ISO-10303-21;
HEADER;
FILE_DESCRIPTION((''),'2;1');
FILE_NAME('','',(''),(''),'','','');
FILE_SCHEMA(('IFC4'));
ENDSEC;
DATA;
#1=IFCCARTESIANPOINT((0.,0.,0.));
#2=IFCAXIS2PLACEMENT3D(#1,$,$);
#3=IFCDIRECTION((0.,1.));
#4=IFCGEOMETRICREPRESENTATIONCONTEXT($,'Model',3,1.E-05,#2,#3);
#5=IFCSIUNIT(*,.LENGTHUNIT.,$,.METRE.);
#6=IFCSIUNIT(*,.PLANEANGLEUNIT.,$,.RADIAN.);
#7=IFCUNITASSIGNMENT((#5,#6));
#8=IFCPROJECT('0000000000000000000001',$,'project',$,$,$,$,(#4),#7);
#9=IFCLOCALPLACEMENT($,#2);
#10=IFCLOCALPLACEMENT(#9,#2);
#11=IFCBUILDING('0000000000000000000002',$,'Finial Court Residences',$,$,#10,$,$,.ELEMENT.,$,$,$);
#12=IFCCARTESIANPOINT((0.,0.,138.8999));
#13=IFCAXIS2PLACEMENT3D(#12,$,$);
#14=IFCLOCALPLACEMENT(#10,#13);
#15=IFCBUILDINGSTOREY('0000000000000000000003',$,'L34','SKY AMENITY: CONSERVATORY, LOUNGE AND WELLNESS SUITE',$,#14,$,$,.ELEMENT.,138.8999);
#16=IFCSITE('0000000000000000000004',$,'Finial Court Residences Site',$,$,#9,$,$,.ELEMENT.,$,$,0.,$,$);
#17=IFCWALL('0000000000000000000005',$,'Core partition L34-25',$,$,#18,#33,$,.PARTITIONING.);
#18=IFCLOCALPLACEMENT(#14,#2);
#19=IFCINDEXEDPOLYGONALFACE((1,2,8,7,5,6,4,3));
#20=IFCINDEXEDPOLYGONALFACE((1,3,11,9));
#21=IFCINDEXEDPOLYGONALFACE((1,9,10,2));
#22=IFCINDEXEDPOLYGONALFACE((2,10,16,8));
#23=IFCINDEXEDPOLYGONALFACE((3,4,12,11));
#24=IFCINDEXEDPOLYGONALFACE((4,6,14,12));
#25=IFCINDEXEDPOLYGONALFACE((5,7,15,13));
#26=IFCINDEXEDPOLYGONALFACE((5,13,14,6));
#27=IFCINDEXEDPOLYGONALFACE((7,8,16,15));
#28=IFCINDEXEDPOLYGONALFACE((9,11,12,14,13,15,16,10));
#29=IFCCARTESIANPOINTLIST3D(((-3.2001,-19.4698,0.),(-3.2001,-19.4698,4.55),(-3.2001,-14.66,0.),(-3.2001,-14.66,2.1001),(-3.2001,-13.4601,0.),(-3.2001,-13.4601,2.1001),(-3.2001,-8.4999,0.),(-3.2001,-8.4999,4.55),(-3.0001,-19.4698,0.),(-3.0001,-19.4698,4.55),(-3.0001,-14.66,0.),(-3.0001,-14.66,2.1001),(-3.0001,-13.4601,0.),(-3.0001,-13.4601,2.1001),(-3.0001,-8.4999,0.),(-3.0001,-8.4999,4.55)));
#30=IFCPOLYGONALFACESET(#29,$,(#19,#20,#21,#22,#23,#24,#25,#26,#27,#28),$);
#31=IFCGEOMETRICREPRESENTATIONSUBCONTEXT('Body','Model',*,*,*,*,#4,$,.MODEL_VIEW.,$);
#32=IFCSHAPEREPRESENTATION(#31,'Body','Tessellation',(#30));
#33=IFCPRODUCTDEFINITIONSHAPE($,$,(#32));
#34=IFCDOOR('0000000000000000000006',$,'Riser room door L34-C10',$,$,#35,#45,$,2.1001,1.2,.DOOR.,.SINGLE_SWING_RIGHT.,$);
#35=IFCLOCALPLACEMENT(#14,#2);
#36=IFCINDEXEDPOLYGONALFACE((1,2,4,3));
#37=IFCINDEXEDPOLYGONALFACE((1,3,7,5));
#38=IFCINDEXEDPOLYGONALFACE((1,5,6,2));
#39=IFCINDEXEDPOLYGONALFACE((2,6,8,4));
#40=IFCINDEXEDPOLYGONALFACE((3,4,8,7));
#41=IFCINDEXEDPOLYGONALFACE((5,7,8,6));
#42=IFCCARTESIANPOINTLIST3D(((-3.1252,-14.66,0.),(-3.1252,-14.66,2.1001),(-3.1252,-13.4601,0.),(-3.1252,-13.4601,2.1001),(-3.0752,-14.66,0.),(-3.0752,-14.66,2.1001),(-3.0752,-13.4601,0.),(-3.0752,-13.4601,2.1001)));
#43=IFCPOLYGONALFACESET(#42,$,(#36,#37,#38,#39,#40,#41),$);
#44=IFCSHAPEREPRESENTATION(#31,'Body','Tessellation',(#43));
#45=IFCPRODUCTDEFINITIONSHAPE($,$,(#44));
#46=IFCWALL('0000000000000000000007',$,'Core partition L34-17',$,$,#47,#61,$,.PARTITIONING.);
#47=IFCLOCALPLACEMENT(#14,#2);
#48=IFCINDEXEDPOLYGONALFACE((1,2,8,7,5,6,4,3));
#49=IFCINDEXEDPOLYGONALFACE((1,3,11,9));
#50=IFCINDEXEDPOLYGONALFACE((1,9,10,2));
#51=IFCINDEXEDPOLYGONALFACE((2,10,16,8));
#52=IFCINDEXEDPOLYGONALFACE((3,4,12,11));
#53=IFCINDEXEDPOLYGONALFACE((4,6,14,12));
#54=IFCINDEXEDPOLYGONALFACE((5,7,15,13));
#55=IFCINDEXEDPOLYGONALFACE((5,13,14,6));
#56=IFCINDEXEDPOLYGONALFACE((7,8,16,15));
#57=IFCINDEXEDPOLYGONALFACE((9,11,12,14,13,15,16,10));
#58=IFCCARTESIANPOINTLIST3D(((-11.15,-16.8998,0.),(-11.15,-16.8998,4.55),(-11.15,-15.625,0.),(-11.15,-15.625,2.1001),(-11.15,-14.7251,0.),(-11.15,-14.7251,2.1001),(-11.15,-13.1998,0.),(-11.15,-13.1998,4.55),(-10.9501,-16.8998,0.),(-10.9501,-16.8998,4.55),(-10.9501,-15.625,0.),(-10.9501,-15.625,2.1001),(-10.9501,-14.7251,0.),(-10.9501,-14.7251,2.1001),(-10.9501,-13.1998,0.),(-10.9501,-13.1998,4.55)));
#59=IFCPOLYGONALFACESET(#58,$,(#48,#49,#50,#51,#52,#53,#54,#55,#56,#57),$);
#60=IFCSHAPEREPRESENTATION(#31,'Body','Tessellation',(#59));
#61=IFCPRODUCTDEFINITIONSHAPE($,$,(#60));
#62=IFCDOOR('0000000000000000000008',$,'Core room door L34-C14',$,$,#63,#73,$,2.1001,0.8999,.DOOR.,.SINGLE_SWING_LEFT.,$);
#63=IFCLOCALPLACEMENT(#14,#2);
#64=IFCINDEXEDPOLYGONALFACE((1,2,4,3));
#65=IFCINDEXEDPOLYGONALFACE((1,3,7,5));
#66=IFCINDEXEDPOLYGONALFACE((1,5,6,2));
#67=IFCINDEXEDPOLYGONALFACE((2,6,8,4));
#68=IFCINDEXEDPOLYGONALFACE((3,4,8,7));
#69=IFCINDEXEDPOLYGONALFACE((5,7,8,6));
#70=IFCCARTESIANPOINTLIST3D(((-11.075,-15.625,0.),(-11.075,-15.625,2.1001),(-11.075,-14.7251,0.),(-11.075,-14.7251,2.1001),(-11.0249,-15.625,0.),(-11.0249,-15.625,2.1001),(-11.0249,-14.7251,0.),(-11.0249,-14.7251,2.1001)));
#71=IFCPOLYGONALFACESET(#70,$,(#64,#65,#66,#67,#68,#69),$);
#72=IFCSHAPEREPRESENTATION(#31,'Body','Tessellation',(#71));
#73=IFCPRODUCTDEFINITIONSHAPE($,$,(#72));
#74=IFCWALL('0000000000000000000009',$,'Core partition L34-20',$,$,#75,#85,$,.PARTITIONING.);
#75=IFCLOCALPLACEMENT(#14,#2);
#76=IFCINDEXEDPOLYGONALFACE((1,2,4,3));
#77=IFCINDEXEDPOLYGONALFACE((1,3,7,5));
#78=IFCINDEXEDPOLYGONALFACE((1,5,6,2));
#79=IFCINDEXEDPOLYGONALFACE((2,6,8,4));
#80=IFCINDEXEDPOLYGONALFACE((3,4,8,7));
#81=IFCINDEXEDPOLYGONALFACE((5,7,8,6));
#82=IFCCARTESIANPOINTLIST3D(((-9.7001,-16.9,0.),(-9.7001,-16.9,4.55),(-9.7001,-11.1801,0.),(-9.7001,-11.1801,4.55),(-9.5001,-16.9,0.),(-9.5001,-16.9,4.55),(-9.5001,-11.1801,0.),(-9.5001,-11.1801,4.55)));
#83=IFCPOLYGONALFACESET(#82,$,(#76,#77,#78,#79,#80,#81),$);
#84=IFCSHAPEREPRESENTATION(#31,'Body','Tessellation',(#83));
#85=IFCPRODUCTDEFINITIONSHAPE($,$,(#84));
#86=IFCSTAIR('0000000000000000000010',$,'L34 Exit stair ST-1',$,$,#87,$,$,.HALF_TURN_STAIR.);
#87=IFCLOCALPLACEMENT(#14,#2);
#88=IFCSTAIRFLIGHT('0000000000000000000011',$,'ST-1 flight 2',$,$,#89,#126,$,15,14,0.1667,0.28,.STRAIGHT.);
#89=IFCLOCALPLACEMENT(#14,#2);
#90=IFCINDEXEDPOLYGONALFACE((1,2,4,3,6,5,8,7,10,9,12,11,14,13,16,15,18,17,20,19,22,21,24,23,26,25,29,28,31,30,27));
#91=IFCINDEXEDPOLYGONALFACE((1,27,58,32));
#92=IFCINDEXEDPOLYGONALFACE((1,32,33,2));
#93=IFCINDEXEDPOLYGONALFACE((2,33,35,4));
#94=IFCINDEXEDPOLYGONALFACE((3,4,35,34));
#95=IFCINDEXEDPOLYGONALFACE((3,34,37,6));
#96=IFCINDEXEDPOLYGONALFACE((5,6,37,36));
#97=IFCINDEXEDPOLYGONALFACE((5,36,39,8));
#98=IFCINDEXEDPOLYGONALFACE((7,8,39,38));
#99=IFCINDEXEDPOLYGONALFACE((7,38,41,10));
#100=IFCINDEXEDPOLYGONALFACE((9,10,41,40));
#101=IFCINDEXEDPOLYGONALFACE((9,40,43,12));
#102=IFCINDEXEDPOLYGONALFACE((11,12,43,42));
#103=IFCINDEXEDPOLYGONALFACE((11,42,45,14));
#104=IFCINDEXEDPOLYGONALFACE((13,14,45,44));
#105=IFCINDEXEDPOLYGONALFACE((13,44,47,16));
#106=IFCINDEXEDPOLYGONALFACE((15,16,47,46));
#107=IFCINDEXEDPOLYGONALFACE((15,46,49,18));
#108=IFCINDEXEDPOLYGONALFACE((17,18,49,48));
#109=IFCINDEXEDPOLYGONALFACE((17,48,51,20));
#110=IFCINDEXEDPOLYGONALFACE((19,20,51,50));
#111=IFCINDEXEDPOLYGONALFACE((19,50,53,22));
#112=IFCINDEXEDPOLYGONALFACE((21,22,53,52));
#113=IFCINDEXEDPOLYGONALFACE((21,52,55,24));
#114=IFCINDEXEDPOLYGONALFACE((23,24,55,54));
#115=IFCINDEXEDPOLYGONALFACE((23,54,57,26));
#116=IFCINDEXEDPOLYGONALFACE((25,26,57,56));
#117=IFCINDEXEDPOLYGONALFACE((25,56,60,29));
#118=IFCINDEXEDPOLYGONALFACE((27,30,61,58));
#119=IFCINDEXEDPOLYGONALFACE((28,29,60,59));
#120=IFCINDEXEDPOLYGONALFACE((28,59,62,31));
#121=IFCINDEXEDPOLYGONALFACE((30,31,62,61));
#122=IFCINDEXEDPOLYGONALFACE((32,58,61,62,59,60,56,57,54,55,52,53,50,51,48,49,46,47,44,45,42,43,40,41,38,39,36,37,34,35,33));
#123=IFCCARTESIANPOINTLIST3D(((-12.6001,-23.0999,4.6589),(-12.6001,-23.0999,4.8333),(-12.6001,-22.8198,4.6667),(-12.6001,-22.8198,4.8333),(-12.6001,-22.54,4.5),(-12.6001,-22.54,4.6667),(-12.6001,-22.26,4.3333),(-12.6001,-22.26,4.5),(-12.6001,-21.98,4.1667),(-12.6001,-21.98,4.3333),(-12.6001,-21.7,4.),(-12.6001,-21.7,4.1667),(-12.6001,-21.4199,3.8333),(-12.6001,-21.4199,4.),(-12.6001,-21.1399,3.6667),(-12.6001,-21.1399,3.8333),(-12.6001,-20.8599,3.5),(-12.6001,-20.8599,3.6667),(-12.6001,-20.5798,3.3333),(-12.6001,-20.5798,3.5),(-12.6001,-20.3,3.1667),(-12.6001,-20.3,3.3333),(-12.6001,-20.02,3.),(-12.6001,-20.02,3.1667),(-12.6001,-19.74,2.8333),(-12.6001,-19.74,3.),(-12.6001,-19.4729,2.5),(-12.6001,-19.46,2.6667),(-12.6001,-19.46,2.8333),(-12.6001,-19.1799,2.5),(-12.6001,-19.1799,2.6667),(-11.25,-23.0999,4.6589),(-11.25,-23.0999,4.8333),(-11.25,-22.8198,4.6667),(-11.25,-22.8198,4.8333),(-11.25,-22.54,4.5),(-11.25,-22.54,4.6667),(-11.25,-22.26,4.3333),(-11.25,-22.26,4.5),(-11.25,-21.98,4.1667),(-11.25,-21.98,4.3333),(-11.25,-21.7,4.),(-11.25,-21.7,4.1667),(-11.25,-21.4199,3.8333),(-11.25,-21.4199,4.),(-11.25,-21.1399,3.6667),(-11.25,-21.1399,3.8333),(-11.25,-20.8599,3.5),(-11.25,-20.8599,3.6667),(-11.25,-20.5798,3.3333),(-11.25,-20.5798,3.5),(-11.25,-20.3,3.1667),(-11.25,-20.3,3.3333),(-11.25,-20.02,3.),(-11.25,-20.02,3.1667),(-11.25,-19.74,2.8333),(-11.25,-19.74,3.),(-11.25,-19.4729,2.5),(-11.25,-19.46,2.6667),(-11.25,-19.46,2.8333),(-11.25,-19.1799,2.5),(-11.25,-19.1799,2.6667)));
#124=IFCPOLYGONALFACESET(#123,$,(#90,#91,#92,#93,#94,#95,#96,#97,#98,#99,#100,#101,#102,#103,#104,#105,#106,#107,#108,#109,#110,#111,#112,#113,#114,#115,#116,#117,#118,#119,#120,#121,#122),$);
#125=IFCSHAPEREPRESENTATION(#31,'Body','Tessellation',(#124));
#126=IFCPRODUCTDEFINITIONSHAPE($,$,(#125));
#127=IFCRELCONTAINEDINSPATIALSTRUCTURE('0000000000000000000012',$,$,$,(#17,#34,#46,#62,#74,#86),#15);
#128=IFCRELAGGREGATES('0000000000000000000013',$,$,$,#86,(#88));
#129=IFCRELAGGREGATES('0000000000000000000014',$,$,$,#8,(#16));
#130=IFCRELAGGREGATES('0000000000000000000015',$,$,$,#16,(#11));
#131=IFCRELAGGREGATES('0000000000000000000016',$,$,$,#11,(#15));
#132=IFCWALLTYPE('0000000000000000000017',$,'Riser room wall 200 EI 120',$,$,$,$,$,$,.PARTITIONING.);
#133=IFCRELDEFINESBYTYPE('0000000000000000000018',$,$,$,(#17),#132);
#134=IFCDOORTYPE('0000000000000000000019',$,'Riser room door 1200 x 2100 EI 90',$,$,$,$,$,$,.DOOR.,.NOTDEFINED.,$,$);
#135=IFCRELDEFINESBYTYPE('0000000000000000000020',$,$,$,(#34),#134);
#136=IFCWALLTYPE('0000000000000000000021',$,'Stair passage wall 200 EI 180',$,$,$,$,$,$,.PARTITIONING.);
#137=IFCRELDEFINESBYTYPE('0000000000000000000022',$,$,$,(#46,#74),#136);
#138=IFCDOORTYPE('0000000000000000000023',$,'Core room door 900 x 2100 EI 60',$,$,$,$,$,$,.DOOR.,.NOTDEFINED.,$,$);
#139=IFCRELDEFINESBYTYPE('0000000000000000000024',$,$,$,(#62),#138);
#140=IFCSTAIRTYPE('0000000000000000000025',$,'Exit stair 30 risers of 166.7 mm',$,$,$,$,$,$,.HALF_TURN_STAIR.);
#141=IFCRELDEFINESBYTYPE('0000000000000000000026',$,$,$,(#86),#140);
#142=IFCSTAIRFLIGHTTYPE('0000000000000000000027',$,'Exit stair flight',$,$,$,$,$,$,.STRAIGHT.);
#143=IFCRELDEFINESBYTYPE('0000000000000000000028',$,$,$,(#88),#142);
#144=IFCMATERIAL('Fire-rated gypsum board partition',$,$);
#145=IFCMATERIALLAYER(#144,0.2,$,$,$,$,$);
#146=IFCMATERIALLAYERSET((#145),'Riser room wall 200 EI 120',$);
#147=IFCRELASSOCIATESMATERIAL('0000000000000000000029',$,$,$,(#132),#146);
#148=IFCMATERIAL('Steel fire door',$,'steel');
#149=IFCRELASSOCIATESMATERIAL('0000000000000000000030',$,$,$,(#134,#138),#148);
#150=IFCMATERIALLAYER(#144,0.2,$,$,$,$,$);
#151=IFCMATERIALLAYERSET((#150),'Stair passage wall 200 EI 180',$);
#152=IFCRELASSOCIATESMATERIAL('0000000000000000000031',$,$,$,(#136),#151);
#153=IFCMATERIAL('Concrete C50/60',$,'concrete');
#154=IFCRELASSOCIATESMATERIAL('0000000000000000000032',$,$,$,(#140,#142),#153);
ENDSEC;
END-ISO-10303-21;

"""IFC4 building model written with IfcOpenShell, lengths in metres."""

from ifc_helpers import new_model, si_unit, direction, frame, frame_2d, origin, place, context, subcontext, project, spatial, polyline, rectangle, outline, extrude, material, layer, layer_set, type_object, element, fill, aggregate, save


model = new_model("IFC4")

# Units and contexts
model_context = context("Model", 3, precision=1e-05, world=origin(), true_north=direction((0.0, 1.0)))
body_context = subcontext(model_context, "Body", "Model", "MODEL_VIEW")
ifc_project = project(units=[si_unit("LENGTHUNIT", "METRE"), si_unit("PLANEANGLEUNIT", "RADIAN")], contexts=[model_context])

# Site, building, storey
site_placement = place(None, origin())
site = spatial("IfcSite", under=ifc_project, at=site_placement, Name="Finial Court Residences Site", CompositionType="ELEMENT", RefElevation=0.0)
building_placement = place(site_placement, origin())
building = spatial("IfcBuilding", under=site, at=building_placement, Name="Finial Court Residences", CompositionType="ELEMENT")
storey_placement = place(building_placement, frame((0.0, 0.0, 138.8999)))
storey = spatial("IfcBuildingStorey", under=building, at=storey_placement, Name="L34", Description="SKY AMENITY: CONSERVATORY, LOUNGE AND WELLNESS SUITE", CompositionType="ELEMENT", Elevation=138.8999)

# Shared definitions
ifc_material_1 = material(Name="Steel fire door", Category="steel")

# Shared definitions
ifc_material_2 = material(Name="Fire-rated gypsum board partition")

# Shared definitions
ifc_layer_1 = layer(ifc_material_2, 0.2)
ifc_layer_set_1 = layer_set([ifc_layer_1], Name="Riser room wall 200 EI 120")
wall_type_1 = type_object("IfcWallType", Name="Riser room wall 200 EI 120", PredefinedType="PARTITIONING", material=ifc_layer_set_1)

# Walls, openings, doors
wall_1_placement = place(storey_placement, frame((-3.1001, -8.5, 0.0), z_axis=(0.0, 0.0, 1.0), x_axis=(0.0, -1.0, 0.0)))
wall_1 = element("IfcWall", 1, at=wall_1_placement, inside=storey, type_object=wall_type_1, Name="Core partition L34-25", PredefinedType="PARTITIONING", context=body_context, shape_type="SweptSolid", body=[
    extrude(rectangle(XDim=10.97, YDim=0.2, at=frame_2d((5.4849, 0.0))), origin(), (0.0, 0.0, 1.0), 4.55),
])
opening_1_placement = place(wall_1_placement, frame((4.96, 0.0, 0.0)))
opening_1 = element("IfcOpeningElement", 2, at=opening_1_placement, cuts=wall_1, PredefinedType="OPENING", context=body_context, shape_type="SweptSolid", body=[
    extrude(rectangle(XDim=1.2, YDim=2.1001, at=frame_2d((0.6001, 1.05))), frame((0.0, 0.1099, 0.0), z_axis=(0.0, -1.0, 0.0), x_axis=(1.0, 0.0, 0.0)), (0.0, 0.0, 1.0), 0.22),
])
door_type_1 = type_object("IfcDoorType", Name="Riser room door 1200 x 2100 EI 90", OperationType="NOTDEFINED", PredefinedType="DOOR", material=ifc_material_1)
door_1_placement = place(opening_1_placement, origin())
door_1 = element("IfcDoor", 3, at=door_1_placement, inside=storey, type_object=door_type_1, Name="Riser room door L34-C10", OperationType="SINGLE_SWING_RIGHT", OverallHeight=2.1001, OverallWidth=1.2, PredefinedType="DOOR", context=body_context, shape_type="SweptSolid", body=[
    extrude(rectangle(XDim=1.2, YDim=2.1001, at=frame_2d((0.6001, 1.05))), frame((0.0, 0.0249, 0.0), z_axis=(0.0, -1.0, 0.0), x_axis=(1.0, 0.0, 0.0)), (0.0, 0.0, 1.0), 0.05),
])
fill(opening_1, door_1)
ifc_layer_2 = layer(ifc_material_2, 0.2)
ifc_layer_set_2 = layer_set([ifc_layer_2], Name="Stair passage wall 200 EI 180")
wall_type_2 = type_object("IfcWallType", Name="Stair passage wall 200 EI 180", PredefinedType="PARTITIONING", material=ifc_layer_set_2)
wall_2_placement = place(storey_placement, frame((-11.05, -16.8999, 0.0), z_axis=(0.0, 0.0, 1.0), x_axis=(0.0, 1.0, 0.0)))
wall_2 = element("IfcWall", 4, at=wall_2_placement, inside=storey, type_object=wall_type_2, Name="Core partition L34-17", PredefinedType="PARTITIONING", context=body_context, shape_type="SweptSolid", body=[
    extrude(rectangle(XDim=3.7, YDim=0.2, at=frame_2d((1.8501, 0.0))), origin(), (0.0, 0.0, 1.0), 4.55),
])
opening_2_placement = place(wall_2_placement, frame((1.2749, 0.0, 0.0)))
opening_2 = element("IfcOpeningElement", 5, at=opening_2_placement, cuts=wall_2, PredefinedType="OPENING", context=body_context, shape_type="SweptSolid", body=[
    extrude(rectangle(XDim=0.8999, YDim=2.1001, at=frame_2d((0.45, 1.05))), frame((0.0, 0.1099, 0.0), z_axis=(0.0, -1.0, 0.0), x_axis=(1.0, 0.0, 0.0)), (0.0, 0.0, 1.0), 0.22),
])
door_type_2 = type_object("IfcDoorType", Name="Core room door 900 x 2100 EI 60", OperationType="NOTDEFINED", PredefinedType="DOOR", material=ifc_material_1)
door_2_placement = place(opening_2_placement, origin())
door_2 = element("IfcDoor", 6, at=door_2_placement, inside=storey, type_object=door_type_2, Name="Core room door L34-C14", OperationType="SINGLE_SWING_LEFT", OverallHeight=2.1001, OverallWidth=0.8999, PredefinedType="DOOR", context=body_context, shape_type="SweptSolid", body=[
    extrude(rectangle(XDim=0.8999, YDim=2.1001, at=frame_2d((0.45, 1.05))), frame((0.0, 0.0249, 0.0), z_axis=(0.0, -1.0, 0.0), x_axis=(1.0, 0.0, 0.0)), (0.0, 0.0, 1.0), 0.05),
])
fill(opening_2, door_2)

# Wall
wall_3_placement = place(storey_placement, frame((-9.6001, -16.8999, 0.0), z_axis=(0.0, 0.0, 1.0), x_axis=(0.0, 1.0, 0.0)))
element("IfcWall", 7, at=wall_3_placement, inside=storey, type_object=wall_type_2, Name="Core partition L34-20", PredefinedType="PARTITIONING", context=body_context, shape_type="SweptSolid", body=[
    extrude(rectangle(XDim=5.72, YDim=0.2, at=frame_2d((2.8599, 0.0))), origin(), (0.0, 0.0, 1.0), 4.55),
])

# Stair, stair flight
ifc_material_3 = material(Name="Concrete C50/60", Category="concrete")
stair_type = type_object("IfcStairType", Name="Exit stair 30 risers of 166.7 mm", PredefinedType="HALF_TURN_STAIR", material=ifc_material_3)
stair_placement = place(storey_placement, origin())
stair = element("IfcStair", 8, at=stair_placement, inside=storey, type_object=stair_type, Name="L34 Exit stair ST-1", PredefinedType="HALF_TURN_STAIR")
stair_flight_type = type_object("IfcStairFlightType", Name="Exit stair flight", PredefinedType="STRAIGHT", material=ifc_material_3)
stair_flight_placement = place(storey_placement, frame((-11.925, -19.1799, 2.5), z_axis=(0.0, 0.0, 1.0), x_axis=(0.0, -1.0, 0.0)))
stair_flight = element("IfcStairFlight", 9, at=stair_flight_placement, type_object=stair_flight_type, Name="ST-1 flight 2", NumberOfRisers=15, NumberOfTreads=14, PredefinedType="STRAIGHT", RiserHeight=0.1667, TreadLength=0.28, context=body_context, shape_type="SweptSolid", body=[
    extrude(outline(polyline([(0.0, 0.0), (0.0, 0.1667), (0.28, 0.1667), (0.28, 0.3333), (0.5601, 0.3333), (0.5601, 0.5), (0.8401, 0.5), (0.8401, 0.6667), (1.1201, 0.6667), (1.1201, 0.8333), (1.3999, 0.8333), (1.3999, 1.0), (1.6799, 1.0), (1.6799, 1.1667), (1.96, 1.1667), (1.96, 1.3333), (2.24, 1.3333), (2.24, 1.5), (2.52, 1.5), (2.52, 1.6667), (2.8, 1.6667), (2.8, 1.8333), (3.0801, 1.8333), (3.0801, 2.0), (3.3601, 2.0), (3.3601, 2.1667), (3.6399, 2.1667), (3.6399, 2.3333), (3.9199, 2.3333), (3.9199, 2.5), (3.9199, 2.1589), (0.293, 0.0), (0.0, 0.0)])), frame((0.0, 0.675, 0.0), z_axis=(0.0, -1.0, 0.0), x_axis=(1.0, 0.0, 0.0)), (0.0, 0.0, 1.0), 1.3501),
])
aggregate(stair, [stair_flight])

save(model, "model.ifc")
